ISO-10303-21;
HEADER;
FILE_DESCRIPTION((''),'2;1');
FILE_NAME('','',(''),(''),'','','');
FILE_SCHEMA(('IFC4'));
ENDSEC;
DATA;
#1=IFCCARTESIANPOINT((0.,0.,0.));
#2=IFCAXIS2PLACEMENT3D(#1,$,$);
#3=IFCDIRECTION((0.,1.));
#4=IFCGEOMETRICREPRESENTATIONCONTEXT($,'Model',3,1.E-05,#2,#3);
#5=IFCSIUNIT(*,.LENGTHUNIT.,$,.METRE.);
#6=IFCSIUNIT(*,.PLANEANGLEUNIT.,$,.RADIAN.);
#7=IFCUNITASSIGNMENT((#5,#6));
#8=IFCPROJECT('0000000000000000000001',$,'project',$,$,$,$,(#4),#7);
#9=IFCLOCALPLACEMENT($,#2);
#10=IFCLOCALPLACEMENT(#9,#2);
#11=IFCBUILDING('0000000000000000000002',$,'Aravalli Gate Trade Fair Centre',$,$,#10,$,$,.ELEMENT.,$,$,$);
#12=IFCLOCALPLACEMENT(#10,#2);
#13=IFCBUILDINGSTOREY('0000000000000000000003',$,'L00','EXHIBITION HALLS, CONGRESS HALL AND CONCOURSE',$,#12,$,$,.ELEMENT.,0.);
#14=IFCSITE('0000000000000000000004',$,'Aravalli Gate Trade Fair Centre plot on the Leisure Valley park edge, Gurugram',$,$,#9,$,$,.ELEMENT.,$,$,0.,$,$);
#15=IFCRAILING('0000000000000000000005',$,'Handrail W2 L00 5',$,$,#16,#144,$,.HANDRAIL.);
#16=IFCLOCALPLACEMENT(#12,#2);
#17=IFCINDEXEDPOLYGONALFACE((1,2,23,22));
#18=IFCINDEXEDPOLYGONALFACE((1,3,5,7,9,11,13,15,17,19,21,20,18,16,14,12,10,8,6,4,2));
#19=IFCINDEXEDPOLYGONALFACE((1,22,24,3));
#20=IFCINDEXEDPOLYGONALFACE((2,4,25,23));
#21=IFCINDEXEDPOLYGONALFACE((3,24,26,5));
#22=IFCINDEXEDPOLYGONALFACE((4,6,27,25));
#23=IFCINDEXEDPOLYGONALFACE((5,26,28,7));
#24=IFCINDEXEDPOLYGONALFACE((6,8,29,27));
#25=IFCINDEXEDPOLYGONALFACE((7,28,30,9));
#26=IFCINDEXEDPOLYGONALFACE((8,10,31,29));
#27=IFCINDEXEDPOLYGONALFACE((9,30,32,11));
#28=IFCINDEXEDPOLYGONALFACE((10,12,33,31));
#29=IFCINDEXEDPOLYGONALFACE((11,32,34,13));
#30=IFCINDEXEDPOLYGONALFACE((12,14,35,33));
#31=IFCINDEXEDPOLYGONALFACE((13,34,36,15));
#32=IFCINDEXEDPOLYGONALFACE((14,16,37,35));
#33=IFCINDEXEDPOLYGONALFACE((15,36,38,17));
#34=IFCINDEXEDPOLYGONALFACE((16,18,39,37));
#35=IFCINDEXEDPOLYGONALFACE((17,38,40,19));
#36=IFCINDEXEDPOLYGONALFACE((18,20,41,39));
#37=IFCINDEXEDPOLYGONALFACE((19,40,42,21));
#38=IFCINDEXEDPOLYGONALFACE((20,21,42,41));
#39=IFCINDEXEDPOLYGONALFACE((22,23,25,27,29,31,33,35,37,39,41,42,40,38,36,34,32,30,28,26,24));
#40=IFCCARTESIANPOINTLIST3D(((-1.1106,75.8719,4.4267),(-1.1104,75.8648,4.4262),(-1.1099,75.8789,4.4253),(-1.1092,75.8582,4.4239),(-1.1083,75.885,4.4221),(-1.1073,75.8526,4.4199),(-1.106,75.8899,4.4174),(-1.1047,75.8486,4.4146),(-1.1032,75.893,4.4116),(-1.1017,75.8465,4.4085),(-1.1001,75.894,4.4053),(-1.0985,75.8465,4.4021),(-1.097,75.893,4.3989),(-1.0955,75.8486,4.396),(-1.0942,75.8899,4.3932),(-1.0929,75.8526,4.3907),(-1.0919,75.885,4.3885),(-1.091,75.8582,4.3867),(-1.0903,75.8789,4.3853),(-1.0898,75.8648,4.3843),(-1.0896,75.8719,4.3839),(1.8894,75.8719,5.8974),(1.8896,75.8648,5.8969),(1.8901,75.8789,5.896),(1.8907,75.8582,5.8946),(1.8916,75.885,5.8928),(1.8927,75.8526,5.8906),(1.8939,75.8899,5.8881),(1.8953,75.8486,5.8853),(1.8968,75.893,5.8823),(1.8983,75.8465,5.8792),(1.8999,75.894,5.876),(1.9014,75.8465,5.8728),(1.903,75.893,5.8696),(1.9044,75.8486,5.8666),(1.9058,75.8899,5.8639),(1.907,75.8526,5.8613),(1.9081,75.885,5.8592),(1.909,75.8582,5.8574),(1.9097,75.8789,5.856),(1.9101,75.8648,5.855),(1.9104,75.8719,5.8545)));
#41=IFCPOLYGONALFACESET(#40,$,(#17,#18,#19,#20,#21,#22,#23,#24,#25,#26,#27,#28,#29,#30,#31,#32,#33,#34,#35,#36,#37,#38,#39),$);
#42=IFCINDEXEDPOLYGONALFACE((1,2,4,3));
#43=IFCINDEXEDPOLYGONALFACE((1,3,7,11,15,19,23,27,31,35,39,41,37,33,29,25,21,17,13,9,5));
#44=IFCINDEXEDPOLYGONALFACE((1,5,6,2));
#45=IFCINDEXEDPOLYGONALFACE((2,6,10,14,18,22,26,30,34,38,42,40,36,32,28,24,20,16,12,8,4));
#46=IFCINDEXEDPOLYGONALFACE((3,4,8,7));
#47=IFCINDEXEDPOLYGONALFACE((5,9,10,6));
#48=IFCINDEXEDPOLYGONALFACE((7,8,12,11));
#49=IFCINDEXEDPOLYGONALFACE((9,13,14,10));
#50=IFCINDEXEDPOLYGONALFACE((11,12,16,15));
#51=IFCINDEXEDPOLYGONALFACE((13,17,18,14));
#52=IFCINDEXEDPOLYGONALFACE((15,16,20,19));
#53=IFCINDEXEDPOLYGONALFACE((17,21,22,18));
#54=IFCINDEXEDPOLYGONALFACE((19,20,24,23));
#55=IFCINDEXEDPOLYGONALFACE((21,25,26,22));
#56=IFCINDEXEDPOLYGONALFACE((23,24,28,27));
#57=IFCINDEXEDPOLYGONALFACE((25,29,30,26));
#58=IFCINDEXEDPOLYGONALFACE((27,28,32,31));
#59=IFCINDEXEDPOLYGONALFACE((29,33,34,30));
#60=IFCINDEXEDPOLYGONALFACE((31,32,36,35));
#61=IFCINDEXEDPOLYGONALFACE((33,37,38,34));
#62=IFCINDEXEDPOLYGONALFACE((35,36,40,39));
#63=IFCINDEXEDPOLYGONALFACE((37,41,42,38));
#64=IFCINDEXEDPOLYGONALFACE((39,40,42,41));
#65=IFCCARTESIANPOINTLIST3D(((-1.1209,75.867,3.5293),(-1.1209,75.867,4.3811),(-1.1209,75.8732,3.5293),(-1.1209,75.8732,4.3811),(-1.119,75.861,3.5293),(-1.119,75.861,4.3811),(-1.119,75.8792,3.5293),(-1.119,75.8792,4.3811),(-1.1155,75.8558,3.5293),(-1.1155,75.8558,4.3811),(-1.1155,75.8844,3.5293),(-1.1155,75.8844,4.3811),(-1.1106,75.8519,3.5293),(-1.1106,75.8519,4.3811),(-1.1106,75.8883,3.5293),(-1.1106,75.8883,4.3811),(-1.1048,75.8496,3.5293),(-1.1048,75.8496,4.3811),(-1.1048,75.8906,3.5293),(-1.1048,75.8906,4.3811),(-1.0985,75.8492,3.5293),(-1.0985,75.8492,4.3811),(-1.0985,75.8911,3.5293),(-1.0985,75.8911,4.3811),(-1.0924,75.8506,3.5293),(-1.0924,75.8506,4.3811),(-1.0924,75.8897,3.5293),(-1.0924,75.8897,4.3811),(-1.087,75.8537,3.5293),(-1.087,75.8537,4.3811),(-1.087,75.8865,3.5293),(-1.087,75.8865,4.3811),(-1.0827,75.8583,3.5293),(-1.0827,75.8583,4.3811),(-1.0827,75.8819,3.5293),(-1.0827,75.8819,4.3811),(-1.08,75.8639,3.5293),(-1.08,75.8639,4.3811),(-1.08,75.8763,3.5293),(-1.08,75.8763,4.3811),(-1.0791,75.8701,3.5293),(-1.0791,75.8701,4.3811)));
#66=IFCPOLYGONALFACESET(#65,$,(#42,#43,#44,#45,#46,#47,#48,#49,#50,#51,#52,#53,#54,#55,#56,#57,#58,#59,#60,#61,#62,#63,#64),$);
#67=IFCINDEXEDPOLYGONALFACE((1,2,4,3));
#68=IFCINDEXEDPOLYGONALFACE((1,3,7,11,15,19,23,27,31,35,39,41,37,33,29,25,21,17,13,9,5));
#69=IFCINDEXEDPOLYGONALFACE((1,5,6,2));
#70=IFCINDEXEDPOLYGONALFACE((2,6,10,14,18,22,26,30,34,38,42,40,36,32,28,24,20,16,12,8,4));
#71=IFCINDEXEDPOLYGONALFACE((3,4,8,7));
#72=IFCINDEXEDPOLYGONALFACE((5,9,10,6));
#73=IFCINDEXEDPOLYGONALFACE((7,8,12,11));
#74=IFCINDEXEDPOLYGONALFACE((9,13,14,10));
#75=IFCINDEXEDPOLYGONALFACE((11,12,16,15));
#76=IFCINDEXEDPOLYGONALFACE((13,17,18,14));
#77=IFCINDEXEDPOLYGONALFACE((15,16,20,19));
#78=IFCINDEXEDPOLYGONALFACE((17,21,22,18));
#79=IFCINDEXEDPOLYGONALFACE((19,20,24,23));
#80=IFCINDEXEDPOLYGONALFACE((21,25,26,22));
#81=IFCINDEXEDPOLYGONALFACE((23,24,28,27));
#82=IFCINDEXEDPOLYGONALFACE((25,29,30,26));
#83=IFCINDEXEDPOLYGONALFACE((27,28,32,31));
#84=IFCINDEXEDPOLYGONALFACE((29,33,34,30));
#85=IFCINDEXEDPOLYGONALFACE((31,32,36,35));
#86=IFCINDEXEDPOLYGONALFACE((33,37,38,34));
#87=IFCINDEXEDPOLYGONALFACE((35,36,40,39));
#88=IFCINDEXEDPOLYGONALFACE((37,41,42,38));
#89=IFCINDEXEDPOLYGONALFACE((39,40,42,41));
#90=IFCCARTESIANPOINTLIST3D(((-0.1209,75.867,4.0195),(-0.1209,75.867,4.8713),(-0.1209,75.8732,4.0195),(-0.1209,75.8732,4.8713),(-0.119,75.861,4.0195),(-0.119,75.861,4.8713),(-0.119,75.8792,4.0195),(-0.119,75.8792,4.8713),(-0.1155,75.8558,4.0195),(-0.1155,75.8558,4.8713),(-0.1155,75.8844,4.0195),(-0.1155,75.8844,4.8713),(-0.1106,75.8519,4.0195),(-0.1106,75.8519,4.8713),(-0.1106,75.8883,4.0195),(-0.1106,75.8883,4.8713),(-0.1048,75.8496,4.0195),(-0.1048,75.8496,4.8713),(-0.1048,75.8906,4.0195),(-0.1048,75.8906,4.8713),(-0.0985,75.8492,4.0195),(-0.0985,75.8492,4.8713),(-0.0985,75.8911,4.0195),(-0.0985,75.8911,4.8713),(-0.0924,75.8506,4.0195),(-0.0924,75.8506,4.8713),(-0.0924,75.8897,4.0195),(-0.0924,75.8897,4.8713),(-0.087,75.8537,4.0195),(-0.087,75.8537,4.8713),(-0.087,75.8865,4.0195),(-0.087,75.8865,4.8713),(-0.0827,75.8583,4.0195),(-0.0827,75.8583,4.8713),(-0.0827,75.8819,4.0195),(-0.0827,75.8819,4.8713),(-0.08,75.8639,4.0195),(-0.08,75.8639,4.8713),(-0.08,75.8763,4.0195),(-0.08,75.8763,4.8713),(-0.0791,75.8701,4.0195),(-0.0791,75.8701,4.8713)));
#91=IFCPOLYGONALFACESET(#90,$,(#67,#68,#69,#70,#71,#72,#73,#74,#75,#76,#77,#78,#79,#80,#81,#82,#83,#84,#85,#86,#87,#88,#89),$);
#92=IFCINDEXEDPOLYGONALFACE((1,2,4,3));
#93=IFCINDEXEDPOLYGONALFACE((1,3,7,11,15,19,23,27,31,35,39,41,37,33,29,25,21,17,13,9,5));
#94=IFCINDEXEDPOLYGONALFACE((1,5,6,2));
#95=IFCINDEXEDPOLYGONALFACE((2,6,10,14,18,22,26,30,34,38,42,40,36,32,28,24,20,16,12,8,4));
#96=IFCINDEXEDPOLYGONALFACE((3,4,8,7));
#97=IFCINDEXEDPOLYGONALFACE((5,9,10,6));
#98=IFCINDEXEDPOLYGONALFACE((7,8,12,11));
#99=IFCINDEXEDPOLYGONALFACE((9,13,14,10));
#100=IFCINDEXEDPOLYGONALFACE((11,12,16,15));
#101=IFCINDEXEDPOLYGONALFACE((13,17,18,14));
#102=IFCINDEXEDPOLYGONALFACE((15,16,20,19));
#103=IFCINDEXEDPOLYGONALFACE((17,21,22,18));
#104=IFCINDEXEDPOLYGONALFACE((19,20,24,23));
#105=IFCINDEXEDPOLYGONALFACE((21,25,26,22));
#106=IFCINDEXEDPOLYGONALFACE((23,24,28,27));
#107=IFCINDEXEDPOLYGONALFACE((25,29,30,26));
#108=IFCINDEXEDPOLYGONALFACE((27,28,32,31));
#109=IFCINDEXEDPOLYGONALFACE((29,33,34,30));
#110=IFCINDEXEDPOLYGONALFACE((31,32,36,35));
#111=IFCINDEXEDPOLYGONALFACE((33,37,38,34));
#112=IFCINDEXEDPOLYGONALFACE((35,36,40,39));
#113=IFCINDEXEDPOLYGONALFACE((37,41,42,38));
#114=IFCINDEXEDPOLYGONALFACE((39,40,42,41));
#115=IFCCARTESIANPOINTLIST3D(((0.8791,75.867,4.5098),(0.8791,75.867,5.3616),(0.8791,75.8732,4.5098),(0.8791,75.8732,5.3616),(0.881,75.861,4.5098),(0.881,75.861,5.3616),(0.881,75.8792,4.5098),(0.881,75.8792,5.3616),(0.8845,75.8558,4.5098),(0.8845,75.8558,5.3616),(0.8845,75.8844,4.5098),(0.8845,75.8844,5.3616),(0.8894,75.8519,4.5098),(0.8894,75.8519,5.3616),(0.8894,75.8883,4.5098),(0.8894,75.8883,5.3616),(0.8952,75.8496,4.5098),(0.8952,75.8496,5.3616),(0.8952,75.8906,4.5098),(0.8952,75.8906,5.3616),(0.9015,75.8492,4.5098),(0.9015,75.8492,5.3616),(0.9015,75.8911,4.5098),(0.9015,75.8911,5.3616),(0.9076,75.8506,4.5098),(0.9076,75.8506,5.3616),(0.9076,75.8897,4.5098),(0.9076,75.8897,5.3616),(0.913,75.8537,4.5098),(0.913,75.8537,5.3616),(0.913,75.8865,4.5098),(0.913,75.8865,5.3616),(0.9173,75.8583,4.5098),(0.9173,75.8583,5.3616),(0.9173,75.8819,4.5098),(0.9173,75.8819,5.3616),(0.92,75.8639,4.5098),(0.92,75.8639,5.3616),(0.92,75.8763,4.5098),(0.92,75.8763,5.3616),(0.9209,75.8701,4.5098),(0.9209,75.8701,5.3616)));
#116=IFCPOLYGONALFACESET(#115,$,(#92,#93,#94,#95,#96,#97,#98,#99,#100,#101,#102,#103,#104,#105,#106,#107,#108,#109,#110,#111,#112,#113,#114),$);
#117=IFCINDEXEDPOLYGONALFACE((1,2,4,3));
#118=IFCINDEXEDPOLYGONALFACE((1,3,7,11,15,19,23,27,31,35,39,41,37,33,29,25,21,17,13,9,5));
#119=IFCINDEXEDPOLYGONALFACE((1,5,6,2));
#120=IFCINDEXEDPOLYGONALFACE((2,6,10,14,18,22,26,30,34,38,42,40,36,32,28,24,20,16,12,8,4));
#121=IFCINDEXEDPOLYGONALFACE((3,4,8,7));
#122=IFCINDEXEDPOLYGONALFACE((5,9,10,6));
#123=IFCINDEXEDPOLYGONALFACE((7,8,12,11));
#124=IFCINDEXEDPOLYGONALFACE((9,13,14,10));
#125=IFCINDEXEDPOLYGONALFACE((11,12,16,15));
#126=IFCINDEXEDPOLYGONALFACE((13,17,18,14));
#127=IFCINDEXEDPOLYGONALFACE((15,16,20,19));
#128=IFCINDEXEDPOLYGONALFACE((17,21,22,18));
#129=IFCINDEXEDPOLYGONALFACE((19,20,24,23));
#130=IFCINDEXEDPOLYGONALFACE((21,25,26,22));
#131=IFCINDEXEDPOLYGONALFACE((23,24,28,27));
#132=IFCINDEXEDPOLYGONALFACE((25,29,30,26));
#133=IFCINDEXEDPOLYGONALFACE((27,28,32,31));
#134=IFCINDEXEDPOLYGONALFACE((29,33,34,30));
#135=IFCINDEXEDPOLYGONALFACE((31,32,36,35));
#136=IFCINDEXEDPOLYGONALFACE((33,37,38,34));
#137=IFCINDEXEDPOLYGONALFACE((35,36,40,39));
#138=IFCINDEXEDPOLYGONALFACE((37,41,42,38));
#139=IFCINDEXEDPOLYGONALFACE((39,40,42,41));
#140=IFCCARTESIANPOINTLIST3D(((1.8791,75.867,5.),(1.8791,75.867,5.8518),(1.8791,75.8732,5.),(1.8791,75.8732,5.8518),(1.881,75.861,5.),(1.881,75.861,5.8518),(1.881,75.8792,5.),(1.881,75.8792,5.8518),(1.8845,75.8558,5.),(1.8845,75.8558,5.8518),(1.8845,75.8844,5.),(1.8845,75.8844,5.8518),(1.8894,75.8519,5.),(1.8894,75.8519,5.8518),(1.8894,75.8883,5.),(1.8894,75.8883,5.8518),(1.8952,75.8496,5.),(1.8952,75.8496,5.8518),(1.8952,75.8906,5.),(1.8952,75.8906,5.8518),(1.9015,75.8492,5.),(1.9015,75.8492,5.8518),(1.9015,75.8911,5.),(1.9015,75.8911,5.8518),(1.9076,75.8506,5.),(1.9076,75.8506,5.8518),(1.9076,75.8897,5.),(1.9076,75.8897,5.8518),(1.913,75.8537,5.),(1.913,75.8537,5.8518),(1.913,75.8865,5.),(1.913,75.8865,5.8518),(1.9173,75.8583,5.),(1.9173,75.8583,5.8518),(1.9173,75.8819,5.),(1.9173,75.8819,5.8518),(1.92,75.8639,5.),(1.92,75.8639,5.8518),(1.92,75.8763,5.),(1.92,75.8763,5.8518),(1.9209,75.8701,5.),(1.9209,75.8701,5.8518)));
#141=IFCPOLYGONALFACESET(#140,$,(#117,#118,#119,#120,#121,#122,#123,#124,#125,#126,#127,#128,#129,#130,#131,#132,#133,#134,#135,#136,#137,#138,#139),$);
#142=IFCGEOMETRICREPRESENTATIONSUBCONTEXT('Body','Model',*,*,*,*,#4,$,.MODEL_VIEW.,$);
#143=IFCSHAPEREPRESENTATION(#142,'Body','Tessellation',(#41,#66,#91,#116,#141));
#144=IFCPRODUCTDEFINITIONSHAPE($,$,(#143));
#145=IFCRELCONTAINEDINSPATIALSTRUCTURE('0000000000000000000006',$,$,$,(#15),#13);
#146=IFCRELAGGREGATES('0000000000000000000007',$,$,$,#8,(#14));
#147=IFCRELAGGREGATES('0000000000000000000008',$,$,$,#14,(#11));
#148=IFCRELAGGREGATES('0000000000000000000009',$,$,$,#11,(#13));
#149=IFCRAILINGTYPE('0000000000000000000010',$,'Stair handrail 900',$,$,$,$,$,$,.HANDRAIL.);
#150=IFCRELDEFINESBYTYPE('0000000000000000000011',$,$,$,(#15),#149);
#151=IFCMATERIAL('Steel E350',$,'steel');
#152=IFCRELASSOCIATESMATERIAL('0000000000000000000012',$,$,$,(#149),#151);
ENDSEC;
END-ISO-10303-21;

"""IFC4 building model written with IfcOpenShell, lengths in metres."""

from ifc_helpers import new_model, si_unit, direction, frame, origin, origin_2d, place, context, subcontext, project, spatial, circle, extrude, material, type_object, element, save


model = new_model("IFC4")

# Units and contexts
model_context = context("Model", 3, precision=1e-05, world=origin(), true_north=direction((0.0, 1.0)))
body_context = subcontext(model_context, "Body", "Model", "MODEL_VIEW")
ifc_project = project(units=[si_unit("LENGTHUNIT", "METRE"), si_unit("PLANEANGLEUNIT", "RADIAN")], contexts=[model_context])

# Site, building, storey
site_placement = place(None, origin())
site = spatial("IfcSite", under=ifc_project, at=site_placement, Name="Aravalli Gate Trade Fair Centre plot on the Leisure Valley park edge, Gurugram", CompositionType="ELEMENT", RefElevation=0.0)
building_placement = place(site_placement, origin())
building = spatial("IfcBuilding", under=site, at=building_placement, Name="Aravalli Gate Trade Fair Centre", CompositionType="ELEMENT")
storey_placement = place(building_placement, origin())
storey = spatial("IfcBuildingStorey", under=building, at=storey_placement, Name="L00", Description="EXHIBITION HALLS, CONGRESS HALL AND CONCOURSE", CompositionType="ELEMENT", Elevation=0.0)

# Railing
ifc_material_1 = material(Name="Steel E350", Category="steel")
railing_type = type_object("IfcRailingType", Name="Stair handrail 900", PredefinedType="HANDRAIL", material=ifc_material_1)
railing_1_placement = place(storey_placement, frame((-1.1001, 75.8701, 3.5293)))
element("IfcRailing", 1, at=railing_1_placement, inside=storey, type_object=railing_type, Name="Handrail W2 L00 5", PredefinedType="HANDRAIL", context=body_context, shape_type="SweptSolid", body=[
    extrude(circle(Radius=0.0239, at=origin_2d()), frame((0.0, 0.0, 0.876), z_axis=(0.897907, 0.0, 0.440185), x_axis=(0.0, 1.0, 0.0)), (0.0, 0.0, 1.0), 3.3411),
    extrude(circle(Radius=0.021, at=origin_2d()), origin(), (0.0, 0.0, 1.0), 0.8518),
    extrude(circle(Radius=0.021, at=origin_2d()), frame((1.0, 0.0, 0.4902)), (0.0, 0.0, 1.0), 0.8518),
    extrude(circle(Radius=0.021, at=origin_2d()), frame((2.0, 0.0, 0.9805)), (0.0, 0.0, 1.0), 0.8518),
    extrude(circle(Radius=0.021, at=origin_2d()), frame((3.0, 0.0, 1.4707)), (0.0, 0.0, 1.0), 0.8518),
])

save(model, "model.ifc")
